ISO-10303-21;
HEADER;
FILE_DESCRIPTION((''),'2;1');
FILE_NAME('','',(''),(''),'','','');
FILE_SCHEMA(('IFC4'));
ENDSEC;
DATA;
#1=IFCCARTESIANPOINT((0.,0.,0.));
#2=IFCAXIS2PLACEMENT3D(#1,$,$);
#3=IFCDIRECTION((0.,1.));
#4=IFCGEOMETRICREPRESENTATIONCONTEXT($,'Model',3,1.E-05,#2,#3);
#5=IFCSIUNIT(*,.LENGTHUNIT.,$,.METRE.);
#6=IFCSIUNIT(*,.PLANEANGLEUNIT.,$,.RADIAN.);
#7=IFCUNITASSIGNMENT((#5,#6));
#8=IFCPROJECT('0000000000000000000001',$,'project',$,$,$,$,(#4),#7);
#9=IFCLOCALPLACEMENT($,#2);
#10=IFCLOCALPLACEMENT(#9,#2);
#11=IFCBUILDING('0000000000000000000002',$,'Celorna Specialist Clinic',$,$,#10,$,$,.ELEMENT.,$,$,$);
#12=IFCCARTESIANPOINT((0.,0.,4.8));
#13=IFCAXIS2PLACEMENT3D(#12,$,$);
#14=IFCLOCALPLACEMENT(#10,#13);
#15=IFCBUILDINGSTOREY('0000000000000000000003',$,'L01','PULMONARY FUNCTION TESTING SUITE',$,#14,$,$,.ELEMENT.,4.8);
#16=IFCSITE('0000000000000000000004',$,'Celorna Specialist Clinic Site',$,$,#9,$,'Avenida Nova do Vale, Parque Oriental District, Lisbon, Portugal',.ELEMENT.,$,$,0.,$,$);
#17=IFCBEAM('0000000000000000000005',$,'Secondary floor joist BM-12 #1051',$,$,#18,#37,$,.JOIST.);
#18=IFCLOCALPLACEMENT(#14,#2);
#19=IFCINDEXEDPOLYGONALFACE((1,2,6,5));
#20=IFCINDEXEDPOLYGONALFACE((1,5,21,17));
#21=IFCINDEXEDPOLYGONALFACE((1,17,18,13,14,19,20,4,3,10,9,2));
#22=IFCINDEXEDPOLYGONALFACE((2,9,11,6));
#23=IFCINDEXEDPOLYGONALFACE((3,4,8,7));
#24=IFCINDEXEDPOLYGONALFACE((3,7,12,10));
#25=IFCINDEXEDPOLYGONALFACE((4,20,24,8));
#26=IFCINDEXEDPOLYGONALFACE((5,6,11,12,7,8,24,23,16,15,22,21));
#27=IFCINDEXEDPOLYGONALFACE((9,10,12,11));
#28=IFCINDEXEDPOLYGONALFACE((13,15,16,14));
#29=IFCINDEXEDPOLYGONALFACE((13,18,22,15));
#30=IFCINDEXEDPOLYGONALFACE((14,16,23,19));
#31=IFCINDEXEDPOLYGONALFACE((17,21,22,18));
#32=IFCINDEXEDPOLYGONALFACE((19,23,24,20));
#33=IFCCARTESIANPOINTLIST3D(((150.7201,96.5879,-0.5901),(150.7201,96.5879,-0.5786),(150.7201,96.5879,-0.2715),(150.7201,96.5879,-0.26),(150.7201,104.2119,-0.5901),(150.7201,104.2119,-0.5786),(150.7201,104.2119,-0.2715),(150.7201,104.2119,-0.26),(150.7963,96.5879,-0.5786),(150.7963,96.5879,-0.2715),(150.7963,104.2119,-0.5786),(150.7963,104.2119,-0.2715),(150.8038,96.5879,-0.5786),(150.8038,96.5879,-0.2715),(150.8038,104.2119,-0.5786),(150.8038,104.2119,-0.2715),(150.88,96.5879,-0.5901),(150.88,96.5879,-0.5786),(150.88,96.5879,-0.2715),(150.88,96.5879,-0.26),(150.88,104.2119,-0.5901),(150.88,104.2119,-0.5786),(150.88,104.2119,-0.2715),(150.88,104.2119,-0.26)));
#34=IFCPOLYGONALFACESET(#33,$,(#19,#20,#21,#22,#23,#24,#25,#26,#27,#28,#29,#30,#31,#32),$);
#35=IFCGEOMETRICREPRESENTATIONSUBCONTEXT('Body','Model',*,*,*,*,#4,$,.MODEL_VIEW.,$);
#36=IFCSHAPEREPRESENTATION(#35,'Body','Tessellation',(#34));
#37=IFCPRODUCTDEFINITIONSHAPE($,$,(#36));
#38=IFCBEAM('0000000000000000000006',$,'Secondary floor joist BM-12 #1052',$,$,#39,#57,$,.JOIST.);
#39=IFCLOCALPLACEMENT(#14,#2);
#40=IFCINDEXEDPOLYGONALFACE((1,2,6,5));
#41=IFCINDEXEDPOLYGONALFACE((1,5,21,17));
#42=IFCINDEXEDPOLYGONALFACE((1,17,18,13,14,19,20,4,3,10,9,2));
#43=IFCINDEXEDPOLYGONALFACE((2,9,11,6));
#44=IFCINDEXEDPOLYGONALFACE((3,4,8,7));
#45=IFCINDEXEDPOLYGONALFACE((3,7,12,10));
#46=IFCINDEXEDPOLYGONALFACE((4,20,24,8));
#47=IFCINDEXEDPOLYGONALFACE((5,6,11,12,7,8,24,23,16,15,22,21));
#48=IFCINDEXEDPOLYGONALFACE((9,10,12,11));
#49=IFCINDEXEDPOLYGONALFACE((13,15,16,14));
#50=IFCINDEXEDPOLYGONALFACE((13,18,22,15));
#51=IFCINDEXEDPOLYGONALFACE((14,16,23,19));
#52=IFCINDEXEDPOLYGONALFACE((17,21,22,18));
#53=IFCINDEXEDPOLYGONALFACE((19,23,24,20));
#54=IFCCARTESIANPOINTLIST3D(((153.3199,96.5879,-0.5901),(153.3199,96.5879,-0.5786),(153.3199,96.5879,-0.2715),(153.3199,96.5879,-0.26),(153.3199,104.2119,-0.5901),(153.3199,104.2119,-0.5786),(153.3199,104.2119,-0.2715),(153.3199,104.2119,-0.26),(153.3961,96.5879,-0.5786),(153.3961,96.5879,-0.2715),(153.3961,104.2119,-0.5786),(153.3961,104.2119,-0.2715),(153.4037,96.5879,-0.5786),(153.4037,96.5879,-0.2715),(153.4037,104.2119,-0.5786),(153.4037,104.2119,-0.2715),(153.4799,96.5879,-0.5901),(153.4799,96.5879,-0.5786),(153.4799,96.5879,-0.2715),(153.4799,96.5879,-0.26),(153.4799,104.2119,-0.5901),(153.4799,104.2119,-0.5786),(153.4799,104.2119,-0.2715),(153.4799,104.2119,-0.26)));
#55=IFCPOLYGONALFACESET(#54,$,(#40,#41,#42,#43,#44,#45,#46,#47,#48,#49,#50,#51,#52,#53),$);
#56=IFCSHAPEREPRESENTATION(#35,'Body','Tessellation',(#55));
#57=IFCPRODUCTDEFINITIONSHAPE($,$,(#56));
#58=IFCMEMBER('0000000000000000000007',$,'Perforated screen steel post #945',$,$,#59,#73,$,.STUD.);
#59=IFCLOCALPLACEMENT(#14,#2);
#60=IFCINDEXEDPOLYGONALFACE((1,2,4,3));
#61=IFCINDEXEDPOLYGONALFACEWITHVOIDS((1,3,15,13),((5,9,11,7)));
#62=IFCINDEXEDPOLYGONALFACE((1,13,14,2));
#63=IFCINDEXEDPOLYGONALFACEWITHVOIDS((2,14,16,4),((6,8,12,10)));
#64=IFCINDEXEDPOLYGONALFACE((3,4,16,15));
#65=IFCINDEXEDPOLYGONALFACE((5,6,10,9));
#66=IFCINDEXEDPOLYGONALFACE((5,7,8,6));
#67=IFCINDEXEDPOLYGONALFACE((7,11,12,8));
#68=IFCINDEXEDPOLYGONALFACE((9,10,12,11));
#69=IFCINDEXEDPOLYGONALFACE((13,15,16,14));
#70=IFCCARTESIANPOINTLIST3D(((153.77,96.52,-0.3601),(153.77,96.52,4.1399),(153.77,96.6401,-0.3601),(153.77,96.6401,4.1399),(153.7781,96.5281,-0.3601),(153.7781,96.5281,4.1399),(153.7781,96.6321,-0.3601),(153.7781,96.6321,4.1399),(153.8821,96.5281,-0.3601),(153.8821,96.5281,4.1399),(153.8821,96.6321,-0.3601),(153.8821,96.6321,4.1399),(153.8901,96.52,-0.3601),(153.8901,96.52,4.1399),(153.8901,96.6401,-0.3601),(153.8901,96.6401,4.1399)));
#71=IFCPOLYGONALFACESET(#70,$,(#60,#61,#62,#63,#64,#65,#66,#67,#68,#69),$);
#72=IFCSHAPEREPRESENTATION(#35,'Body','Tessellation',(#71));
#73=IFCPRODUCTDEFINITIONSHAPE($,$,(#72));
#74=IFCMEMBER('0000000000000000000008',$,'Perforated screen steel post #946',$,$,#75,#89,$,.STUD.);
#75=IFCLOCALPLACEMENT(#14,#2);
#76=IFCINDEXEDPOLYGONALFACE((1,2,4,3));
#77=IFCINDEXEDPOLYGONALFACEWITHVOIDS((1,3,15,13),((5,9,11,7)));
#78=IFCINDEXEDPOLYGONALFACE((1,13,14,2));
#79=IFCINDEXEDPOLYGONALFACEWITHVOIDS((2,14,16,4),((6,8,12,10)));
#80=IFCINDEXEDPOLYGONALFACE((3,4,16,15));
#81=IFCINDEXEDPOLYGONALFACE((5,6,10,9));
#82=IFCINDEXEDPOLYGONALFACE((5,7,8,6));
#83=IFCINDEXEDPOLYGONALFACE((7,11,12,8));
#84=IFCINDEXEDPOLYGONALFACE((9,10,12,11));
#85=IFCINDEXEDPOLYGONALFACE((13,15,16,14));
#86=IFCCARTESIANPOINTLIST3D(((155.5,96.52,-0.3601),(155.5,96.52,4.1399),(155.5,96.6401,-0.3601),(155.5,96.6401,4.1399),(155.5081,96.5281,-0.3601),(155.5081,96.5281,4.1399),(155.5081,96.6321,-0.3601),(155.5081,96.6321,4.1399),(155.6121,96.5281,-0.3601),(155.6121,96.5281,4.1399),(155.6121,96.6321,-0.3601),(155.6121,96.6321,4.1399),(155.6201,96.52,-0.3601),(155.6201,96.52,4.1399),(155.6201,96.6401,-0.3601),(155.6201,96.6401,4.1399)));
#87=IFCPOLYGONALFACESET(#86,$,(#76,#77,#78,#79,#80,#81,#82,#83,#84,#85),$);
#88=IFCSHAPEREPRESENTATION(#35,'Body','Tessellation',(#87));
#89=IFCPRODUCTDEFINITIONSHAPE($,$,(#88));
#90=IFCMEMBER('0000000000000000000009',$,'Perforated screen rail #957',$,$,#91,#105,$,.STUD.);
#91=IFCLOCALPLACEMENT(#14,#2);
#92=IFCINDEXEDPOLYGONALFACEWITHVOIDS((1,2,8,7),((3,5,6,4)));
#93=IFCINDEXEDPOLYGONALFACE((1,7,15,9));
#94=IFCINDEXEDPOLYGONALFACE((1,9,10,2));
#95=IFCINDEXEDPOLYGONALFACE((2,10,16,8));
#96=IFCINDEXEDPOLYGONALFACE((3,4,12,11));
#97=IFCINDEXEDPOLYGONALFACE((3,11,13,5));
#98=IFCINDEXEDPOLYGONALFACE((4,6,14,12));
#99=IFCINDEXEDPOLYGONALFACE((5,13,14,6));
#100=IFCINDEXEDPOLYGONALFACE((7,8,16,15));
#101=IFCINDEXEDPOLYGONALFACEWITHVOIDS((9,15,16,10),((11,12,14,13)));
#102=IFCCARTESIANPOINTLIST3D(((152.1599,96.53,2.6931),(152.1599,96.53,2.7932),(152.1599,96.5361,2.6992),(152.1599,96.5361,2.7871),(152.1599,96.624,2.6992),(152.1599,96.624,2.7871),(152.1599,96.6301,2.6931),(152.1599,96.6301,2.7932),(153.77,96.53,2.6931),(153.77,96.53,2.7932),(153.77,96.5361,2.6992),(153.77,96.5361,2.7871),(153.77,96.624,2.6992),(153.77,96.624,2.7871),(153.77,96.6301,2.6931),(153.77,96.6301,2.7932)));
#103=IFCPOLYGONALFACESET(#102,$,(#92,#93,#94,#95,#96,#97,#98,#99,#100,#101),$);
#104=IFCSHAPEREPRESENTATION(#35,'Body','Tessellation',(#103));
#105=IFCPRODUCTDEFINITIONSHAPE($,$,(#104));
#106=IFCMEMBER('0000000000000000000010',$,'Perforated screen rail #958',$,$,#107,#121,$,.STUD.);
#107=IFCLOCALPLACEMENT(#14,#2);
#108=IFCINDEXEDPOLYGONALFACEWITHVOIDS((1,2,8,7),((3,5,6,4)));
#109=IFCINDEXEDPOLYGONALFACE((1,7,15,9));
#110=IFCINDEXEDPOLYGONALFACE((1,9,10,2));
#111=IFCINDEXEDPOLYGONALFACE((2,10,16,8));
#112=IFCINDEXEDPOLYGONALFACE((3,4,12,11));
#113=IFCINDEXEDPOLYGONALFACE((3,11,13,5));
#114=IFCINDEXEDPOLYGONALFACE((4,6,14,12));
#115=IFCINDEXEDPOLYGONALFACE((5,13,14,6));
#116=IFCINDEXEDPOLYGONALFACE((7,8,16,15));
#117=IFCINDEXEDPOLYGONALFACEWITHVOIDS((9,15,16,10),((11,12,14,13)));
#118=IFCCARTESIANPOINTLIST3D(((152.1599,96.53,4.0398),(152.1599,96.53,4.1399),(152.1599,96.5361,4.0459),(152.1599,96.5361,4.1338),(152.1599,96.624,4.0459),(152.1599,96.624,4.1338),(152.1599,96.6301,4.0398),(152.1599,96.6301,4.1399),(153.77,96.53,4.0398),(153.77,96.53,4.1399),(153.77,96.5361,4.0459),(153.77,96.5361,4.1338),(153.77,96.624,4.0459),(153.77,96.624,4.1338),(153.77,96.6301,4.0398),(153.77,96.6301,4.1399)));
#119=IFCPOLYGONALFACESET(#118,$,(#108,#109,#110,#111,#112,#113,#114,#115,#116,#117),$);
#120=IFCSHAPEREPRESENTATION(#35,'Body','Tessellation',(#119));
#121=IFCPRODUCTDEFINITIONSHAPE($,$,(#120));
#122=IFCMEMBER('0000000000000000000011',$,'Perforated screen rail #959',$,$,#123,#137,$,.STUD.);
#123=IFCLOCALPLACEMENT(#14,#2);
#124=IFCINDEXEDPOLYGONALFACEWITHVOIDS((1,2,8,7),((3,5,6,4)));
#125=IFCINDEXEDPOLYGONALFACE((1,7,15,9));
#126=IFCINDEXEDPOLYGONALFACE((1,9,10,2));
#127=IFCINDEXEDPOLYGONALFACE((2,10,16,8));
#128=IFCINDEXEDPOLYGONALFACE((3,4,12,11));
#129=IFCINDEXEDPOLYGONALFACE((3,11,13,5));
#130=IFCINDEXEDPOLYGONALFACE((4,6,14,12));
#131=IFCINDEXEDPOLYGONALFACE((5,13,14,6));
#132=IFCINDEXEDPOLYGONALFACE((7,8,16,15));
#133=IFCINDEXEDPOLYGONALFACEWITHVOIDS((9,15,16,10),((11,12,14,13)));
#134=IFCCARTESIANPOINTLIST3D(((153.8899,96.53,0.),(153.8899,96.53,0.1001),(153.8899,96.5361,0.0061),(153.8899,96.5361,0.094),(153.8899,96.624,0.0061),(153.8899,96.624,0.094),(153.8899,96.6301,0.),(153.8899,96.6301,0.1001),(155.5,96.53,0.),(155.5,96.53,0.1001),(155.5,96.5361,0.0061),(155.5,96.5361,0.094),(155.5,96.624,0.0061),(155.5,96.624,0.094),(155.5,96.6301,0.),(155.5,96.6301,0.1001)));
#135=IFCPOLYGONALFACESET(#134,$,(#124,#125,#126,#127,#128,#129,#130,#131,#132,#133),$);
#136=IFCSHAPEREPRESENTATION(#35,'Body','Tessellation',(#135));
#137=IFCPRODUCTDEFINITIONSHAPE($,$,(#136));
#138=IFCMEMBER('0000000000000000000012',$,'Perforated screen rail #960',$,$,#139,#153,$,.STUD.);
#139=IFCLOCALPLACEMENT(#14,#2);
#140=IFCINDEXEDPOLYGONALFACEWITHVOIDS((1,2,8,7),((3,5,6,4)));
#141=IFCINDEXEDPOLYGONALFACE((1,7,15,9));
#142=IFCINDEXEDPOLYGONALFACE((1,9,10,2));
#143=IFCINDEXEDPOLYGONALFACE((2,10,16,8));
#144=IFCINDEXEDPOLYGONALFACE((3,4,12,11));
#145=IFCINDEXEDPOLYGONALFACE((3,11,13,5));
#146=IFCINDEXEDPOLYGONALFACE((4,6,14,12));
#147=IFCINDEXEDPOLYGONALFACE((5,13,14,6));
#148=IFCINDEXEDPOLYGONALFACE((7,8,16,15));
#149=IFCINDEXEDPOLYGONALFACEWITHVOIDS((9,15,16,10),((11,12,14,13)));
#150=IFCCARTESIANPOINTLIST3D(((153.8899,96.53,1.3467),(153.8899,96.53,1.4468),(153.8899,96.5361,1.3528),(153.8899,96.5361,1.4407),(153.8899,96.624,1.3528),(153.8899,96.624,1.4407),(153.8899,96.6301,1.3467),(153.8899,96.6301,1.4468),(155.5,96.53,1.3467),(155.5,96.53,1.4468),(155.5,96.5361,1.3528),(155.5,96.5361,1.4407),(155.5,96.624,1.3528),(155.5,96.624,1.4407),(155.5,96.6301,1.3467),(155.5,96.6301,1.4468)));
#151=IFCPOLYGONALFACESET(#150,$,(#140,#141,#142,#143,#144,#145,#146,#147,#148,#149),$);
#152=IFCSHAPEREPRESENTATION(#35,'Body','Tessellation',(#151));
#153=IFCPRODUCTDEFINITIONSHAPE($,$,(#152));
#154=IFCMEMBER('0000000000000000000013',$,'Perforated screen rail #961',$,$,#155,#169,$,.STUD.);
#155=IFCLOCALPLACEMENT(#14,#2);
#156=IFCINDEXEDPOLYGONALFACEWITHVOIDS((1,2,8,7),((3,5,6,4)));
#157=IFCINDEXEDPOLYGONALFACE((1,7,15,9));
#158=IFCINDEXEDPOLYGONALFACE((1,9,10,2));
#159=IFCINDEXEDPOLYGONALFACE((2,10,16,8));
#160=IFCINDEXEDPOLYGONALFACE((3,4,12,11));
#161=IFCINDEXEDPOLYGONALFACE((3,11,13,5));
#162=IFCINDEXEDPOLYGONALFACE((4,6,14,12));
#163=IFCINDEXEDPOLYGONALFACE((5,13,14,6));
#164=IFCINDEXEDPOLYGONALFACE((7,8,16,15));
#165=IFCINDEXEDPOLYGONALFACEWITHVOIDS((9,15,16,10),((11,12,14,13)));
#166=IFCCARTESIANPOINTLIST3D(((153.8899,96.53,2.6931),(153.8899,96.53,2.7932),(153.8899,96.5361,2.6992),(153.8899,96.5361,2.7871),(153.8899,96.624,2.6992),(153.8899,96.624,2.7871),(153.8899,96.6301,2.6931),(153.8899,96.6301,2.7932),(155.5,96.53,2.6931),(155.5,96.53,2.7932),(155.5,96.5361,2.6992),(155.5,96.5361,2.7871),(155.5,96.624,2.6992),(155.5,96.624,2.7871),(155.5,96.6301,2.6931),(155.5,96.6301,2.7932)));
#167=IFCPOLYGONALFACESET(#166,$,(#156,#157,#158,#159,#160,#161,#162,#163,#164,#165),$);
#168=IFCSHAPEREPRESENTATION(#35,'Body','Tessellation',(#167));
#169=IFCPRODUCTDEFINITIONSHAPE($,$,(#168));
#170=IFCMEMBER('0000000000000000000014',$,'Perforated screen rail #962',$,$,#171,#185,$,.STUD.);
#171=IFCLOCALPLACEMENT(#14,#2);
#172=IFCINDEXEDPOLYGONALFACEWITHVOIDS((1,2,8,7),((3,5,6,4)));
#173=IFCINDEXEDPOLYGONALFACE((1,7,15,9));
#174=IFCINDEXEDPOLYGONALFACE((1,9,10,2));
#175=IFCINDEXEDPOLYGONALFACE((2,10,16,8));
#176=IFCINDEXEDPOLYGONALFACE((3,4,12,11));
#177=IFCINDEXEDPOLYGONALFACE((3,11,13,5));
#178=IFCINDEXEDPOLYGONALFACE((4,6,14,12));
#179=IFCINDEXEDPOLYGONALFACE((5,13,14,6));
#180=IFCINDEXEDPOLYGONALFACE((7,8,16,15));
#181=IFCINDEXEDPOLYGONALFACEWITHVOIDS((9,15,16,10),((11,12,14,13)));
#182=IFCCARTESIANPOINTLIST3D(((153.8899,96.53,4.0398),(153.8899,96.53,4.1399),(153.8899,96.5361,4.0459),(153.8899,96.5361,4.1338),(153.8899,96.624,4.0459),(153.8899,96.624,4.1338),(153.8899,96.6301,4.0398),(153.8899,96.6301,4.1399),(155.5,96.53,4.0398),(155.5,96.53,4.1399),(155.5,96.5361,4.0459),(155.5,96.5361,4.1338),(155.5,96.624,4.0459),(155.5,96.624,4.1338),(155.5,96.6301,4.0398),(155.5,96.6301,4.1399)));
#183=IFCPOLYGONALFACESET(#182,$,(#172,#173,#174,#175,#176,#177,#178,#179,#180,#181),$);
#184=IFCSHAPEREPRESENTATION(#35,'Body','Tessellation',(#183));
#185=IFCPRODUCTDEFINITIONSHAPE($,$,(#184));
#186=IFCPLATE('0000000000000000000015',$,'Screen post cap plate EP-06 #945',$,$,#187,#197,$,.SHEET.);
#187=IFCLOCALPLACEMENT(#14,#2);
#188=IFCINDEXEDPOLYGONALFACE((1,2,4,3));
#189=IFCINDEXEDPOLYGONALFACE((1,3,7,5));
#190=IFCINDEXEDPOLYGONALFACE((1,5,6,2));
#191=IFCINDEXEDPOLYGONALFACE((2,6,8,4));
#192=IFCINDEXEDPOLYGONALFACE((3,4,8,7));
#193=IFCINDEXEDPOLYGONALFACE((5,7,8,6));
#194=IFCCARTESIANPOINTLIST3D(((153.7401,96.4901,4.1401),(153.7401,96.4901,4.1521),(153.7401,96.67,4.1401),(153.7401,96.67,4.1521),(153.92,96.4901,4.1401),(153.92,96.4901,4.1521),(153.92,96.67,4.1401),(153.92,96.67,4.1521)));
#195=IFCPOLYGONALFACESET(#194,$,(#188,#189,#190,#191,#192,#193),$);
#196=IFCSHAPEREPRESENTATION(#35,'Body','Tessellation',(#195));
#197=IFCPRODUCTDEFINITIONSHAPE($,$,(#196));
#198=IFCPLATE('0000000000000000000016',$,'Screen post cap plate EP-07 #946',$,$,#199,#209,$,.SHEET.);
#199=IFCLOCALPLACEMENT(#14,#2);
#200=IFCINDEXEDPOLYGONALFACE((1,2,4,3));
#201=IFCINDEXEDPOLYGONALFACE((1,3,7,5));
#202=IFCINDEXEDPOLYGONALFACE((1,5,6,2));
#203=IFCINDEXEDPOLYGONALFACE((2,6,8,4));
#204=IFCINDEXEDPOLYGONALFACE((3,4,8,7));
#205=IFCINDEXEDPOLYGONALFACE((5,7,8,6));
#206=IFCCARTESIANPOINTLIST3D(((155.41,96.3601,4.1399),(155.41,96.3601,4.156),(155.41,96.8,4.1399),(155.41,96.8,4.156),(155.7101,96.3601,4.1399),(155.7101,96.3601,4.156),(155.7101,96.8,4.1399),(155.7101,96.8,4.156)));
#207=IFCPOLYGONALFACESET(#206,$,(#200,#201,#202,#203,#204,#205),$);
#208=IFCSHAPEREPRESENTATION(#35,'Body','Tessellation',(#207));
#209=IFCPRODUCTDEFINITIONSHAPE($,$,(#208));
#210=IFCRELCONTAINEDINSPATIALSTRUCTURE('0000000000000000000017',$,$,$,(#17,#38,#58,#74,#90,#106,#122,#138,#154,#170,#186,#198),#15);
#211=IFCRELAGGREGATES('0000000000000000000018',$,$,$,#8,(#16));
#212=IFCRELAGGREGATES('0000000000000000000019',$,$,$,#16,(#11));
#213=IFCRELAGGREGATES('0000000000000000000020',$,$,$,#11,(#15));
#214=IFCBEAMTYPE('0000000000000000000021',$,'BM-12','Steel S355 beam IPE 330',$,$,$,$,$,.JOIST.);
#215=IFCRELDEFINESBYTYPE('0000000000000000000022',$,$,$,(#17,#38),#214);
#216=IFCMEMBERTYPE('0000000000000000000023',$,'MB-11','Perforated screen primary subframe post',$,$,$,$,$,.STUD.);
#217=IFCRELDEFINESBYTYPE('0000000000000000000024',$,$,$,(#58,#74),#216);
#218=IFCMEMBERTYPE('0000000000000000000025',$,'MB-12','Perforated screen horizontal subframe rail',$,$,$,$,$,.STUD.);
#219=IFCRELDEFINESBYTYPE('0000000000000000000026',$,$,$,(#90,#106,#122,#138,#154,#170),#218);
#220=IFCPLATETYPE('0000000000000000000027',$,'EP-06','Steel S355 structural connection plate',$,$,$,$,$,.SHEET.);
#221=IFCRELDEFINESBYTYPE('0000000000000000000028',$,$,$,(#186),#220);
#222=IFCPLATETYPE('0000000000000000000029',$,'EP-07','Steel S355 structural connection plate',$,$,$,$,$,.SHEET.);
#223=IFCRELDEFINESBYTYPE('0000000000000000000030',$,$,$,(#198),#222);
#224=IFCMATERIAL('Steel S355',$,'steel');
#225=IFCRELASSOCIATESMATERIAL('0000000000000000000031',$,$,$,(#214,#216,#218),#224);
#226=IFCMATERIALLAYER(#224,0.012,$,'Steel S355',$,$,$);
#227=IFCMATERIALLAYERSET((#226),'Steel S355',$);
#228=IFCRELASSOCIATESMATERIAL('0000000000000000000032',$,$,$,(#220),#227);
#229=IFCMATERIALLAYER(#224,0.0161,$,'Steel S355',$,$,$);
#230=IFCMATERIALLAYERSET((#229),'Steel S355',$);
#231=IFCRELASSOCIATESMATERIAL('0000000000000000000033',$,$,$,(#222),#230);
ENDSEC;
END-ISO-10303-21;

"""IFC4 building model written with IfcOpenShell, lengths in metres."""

from ifc_helpers import new_model, si_unit, direction, frame, origin, origin_2d, place, context, subcontext, project, spatial, rectangle, hollow_rectangle, i_section, extrude, material, layer, layer_set, material_profile, profile_set, type_object, element, save


model = new_model("IFC4")

# Units and contexts
model_context = context("Model", 3, precision=1e-05, world=origin(), true_north=direction((0.0, 1.0)))
body_context = subcontext(model_context, "Body", "Model", "MODEL_VIEW")
ifc_project = project(units=[si_unit("LENGTHUNIT", "METRE"), si_unit("PLANEANGLEUNIT", "RADIAN")], contexts=[model_context])

# Site, building, storey
site_placement = place(None, origin())
site = spatial("IfcSite", under=ifc_project, at=site_placement, Name="Celorna Specialist Clinic Site", LongName="Avenida Nova do Vale, Parque Oriental District, Lisbon, Portugal", CompositionType="ELEMENT", RefElevation=0.0)
building_placement = place(site_placement, origin())
building = spatial("IfcBuilding", under=site, at=building_placement, Name="Celorna Specialist Clinic", CompositionType="ELEMENT")
storey_placement = place(building_placement, frame((0.0, 0.0, 4.8)))
storey = spatial("IfcBuildingStorey", under=building, at=storey_placement, Name="L01", Description="PULMONARY FUNCTION TESTING SUITE", CompositionType="ELEMENT", Elevation=4.8)

# Beams
ifc_material_1 = material(Name="Steel S355", Category="steel")
ifc_material_profile_1 = material_profile(ifc_material_1, i_section(OverallWidth=0.1599, OverallDepth=0.3301, WebThickness=0.0076, FlangeThickness=0.0115, at=origin_2d()), Name="IPE 330")
ifc_profile_set_1 = profile_set([ifc_material_profile_1], Name="Steel S355")
beam_type = type_object("IfcBeamType", Name="BM-12", Description="Steel S355 beam IPE 330", PredefinedType="JOIST", material=ifc_profile_set_1)
for number, where, z_axis, x_axis, name in (
    (1, (150.8, 96.5879, -0.425), (0.0, 1.0, 0.0), (-1.0, 0.0, 0.0), "Secondary floor joist BM-12 #1051"),
    (2, (153.3999, 96.5879, -0.425), (0.0, 1.0, 0.0), (-1.0, 0.0, 0.0), "Secondary floor joist BM-12 #1052"),
):
    element("IfcBeam", number, at=place(storey_placement, frame(where, z_axis=z_axis, x_axis=x_axis)), inside=storey, type_object=beam_type, Name=name, PredefinedType="JOIST", context=body_context, shape_type="SweptSolid", body=[
        extrude(i_section(OverallWidth=0.1599, OverallDepth=0.3301, WebThickness=0.0076, FlangeThickness=0.0115, at=origin_2d()), origin(), (0.0, 0.0, 1.0), 7.624),
    ])

# Members
ifc_material_profile_2 = material_profile(ifc_material_1, hollow_rectangle(XDim=0.1201, YDim=0.1201, WallThickness=0.0081, at=origin_2d()), Name="SHS 120x120x8")
ifc_profile_set_2 = profile_set([ifc_material_profile_2], Name="Steel S355")
member_type_1 = type_object("IfcMemberType", Name="MB-11", Description="Perforated screen primary subframe post", PredefinedType="STUD", material=ifc_profile_set_2)
for number, where, z_axis, x_axis, name in (
    (3, (153.8301, 96.5801, -0.3601), (0.0, 0.0, 1.0), (1.0, 0.0, 0.0), "Perforated screen steel post #945"),
    (4, (155.5601, 96.5801, -0.3601), (0.0, 0.0, 1.0), (1.0, 0.0, 0.0), "Perforated screen steel post #946"),
):
    element("IfcMember", number, at=place(storey_placement, frame(where, z_axis=z_axis, x_axis=x_axis)), inside=storey, type_object=member_type_1, Name=name, PredefinedType="STUD", context=body_context, shape_type="SweptSolid", body=[
        extrude(hollow_rectangle(XDim=0.1201, YDim=0.1201, WallThickness=0.0081, at=origin_2d()), origin(), (0.0, 0.0, 1.0), 4.5),
    ])
ifc_material_profile_3 = material_profile(ifc_material_1, hollow_rectangle(XDim=0.1001, YDim=0.1001, WallThickness=0.0061, at=origin_2d()), Name="SHS 100x100x6")
ifc_profile_set_3 = profile_set([ifc_material_profile_3], Name="Steel S355")
member_type_2 = type_object("IfcMemberType", Name="MB-12", Description="Perforated screen horizontal subframe rail", PredefinedType="STUD", material=ifc_profile_set_3)
for number, where, z_axis, x_axis, name in (
    (5, (152.1599, 96.5801, 2.7432), (1.0, 0.0, 0.0), (0.0, 1.0, 0.0), "Perforated screen rail #957"),
    (6, (152.1599, 96.5801, 4.0898), (1.0, 0.0, 0.0), (0.0, 1.0, 0.0), "Perforated screen rail #958"),
    (7, (153.8899, 96.5801, 0.05), (1.0, 0.0, 0.0), (0.0, 1.0, 0.0), "Perforated screen rail #959"),
    (8, (153.8899, 96.5801, 1.3967), (1.0, 0.0, 0.0), (0.0, 1.0, 0.0), "Perforated screen rail #960"),
    (9, (153.8899, 96.5801, 2.7432), (1.0, 0.0, 0.0), (0.0, 1.0, 0.0), "Perforated screen rail #961"),
    (10, (153.8899, 96.5801, 4.0898), (1.0, 0.0, 0.0), (0.0, 1.0, 0.0), "Perforated screen rail #962"),
):
    element("IfcMember", number, at=place(storey_placement, frame(where, z_axis=z_axis, x_axis=x_axis)), inside=storey, type_object=member_type_2, Name=name, PredefinedType="STUD", context=body_context, shape_type="SweptSolid", body=[
        extrude(hollow_rectangle(XDim=0.1001, YDim=0.1001, WallThickness=0.0061, at=origin_2d()), origin(), (0.0, 0.0, 1.0), 1.6101),
    ])

# Plates
ifc_layer_1 = layer(ifc_material_1, 0.012, Name="Steel S355")
ifc_layer_set_1 = layer_set([ifc_layer_1], Name="Steel S355")
plate_type_1 = type_object("IfcPlateType", Name="EP-06", Description="Steel S355 structural connection plate", PredefinedType="SHEET", material=ifc_layer_set_1)
plate_1_placement = place(storey_placement, frame((153.8301, 96.5801, 4.1401), z_axis=(0.0, 0.0, 1.0), x_axis=(1.0, 0.0, 0.0)))
element("IfcPlate", 11, at=plate_1_placement, inside=storey, type_object=plate_type_1, Name="Screen post cap plate EP-06 #945", PredefinedType="SHEET", context=body_context, shape_type="SweptSolid", body=[
    extrude(rectangle(XDim=0.1799, YDim=0.1799, at=origin_2d()), origin(), (0.0, 0.0, 1.0), 0.012),
])
ifc_layer_2 = layer(ifc_material_1, 0.0161, Name="Steel S355")
ifc_layer_set_2 = layer_set([ifc_layer_2], Name="Steel S355")
plate_type_2 = type_object("IfcPlateType", Name="EP-07", Description="Steel S355 structural connection plate", PredefinedType="SHEET", material=ifc_layer_set_2)
plate_2_placement = place(storey_placement, frame((155.5601, 96.5801, 4.1399), z_axis=(0.0, 0.0, 1.0), x_axis=(1.0, 0.0, 0.0)))
element("IfcPlate", 12, at=plate_2_placement, inside=storey, type_object=plate_type_2, Name="Screen post cap plate EP-07 #946", PredefinedType="SHEET", context=body_context, shape_type="SweptSolid", body=[
    extrude(rectangle(XDim=0.3, YDim=0.4399, at=origin_2d()), origin(), (0.0, 0.0, 1.0), 0.0161),
])

save(model, "model.ifc")
